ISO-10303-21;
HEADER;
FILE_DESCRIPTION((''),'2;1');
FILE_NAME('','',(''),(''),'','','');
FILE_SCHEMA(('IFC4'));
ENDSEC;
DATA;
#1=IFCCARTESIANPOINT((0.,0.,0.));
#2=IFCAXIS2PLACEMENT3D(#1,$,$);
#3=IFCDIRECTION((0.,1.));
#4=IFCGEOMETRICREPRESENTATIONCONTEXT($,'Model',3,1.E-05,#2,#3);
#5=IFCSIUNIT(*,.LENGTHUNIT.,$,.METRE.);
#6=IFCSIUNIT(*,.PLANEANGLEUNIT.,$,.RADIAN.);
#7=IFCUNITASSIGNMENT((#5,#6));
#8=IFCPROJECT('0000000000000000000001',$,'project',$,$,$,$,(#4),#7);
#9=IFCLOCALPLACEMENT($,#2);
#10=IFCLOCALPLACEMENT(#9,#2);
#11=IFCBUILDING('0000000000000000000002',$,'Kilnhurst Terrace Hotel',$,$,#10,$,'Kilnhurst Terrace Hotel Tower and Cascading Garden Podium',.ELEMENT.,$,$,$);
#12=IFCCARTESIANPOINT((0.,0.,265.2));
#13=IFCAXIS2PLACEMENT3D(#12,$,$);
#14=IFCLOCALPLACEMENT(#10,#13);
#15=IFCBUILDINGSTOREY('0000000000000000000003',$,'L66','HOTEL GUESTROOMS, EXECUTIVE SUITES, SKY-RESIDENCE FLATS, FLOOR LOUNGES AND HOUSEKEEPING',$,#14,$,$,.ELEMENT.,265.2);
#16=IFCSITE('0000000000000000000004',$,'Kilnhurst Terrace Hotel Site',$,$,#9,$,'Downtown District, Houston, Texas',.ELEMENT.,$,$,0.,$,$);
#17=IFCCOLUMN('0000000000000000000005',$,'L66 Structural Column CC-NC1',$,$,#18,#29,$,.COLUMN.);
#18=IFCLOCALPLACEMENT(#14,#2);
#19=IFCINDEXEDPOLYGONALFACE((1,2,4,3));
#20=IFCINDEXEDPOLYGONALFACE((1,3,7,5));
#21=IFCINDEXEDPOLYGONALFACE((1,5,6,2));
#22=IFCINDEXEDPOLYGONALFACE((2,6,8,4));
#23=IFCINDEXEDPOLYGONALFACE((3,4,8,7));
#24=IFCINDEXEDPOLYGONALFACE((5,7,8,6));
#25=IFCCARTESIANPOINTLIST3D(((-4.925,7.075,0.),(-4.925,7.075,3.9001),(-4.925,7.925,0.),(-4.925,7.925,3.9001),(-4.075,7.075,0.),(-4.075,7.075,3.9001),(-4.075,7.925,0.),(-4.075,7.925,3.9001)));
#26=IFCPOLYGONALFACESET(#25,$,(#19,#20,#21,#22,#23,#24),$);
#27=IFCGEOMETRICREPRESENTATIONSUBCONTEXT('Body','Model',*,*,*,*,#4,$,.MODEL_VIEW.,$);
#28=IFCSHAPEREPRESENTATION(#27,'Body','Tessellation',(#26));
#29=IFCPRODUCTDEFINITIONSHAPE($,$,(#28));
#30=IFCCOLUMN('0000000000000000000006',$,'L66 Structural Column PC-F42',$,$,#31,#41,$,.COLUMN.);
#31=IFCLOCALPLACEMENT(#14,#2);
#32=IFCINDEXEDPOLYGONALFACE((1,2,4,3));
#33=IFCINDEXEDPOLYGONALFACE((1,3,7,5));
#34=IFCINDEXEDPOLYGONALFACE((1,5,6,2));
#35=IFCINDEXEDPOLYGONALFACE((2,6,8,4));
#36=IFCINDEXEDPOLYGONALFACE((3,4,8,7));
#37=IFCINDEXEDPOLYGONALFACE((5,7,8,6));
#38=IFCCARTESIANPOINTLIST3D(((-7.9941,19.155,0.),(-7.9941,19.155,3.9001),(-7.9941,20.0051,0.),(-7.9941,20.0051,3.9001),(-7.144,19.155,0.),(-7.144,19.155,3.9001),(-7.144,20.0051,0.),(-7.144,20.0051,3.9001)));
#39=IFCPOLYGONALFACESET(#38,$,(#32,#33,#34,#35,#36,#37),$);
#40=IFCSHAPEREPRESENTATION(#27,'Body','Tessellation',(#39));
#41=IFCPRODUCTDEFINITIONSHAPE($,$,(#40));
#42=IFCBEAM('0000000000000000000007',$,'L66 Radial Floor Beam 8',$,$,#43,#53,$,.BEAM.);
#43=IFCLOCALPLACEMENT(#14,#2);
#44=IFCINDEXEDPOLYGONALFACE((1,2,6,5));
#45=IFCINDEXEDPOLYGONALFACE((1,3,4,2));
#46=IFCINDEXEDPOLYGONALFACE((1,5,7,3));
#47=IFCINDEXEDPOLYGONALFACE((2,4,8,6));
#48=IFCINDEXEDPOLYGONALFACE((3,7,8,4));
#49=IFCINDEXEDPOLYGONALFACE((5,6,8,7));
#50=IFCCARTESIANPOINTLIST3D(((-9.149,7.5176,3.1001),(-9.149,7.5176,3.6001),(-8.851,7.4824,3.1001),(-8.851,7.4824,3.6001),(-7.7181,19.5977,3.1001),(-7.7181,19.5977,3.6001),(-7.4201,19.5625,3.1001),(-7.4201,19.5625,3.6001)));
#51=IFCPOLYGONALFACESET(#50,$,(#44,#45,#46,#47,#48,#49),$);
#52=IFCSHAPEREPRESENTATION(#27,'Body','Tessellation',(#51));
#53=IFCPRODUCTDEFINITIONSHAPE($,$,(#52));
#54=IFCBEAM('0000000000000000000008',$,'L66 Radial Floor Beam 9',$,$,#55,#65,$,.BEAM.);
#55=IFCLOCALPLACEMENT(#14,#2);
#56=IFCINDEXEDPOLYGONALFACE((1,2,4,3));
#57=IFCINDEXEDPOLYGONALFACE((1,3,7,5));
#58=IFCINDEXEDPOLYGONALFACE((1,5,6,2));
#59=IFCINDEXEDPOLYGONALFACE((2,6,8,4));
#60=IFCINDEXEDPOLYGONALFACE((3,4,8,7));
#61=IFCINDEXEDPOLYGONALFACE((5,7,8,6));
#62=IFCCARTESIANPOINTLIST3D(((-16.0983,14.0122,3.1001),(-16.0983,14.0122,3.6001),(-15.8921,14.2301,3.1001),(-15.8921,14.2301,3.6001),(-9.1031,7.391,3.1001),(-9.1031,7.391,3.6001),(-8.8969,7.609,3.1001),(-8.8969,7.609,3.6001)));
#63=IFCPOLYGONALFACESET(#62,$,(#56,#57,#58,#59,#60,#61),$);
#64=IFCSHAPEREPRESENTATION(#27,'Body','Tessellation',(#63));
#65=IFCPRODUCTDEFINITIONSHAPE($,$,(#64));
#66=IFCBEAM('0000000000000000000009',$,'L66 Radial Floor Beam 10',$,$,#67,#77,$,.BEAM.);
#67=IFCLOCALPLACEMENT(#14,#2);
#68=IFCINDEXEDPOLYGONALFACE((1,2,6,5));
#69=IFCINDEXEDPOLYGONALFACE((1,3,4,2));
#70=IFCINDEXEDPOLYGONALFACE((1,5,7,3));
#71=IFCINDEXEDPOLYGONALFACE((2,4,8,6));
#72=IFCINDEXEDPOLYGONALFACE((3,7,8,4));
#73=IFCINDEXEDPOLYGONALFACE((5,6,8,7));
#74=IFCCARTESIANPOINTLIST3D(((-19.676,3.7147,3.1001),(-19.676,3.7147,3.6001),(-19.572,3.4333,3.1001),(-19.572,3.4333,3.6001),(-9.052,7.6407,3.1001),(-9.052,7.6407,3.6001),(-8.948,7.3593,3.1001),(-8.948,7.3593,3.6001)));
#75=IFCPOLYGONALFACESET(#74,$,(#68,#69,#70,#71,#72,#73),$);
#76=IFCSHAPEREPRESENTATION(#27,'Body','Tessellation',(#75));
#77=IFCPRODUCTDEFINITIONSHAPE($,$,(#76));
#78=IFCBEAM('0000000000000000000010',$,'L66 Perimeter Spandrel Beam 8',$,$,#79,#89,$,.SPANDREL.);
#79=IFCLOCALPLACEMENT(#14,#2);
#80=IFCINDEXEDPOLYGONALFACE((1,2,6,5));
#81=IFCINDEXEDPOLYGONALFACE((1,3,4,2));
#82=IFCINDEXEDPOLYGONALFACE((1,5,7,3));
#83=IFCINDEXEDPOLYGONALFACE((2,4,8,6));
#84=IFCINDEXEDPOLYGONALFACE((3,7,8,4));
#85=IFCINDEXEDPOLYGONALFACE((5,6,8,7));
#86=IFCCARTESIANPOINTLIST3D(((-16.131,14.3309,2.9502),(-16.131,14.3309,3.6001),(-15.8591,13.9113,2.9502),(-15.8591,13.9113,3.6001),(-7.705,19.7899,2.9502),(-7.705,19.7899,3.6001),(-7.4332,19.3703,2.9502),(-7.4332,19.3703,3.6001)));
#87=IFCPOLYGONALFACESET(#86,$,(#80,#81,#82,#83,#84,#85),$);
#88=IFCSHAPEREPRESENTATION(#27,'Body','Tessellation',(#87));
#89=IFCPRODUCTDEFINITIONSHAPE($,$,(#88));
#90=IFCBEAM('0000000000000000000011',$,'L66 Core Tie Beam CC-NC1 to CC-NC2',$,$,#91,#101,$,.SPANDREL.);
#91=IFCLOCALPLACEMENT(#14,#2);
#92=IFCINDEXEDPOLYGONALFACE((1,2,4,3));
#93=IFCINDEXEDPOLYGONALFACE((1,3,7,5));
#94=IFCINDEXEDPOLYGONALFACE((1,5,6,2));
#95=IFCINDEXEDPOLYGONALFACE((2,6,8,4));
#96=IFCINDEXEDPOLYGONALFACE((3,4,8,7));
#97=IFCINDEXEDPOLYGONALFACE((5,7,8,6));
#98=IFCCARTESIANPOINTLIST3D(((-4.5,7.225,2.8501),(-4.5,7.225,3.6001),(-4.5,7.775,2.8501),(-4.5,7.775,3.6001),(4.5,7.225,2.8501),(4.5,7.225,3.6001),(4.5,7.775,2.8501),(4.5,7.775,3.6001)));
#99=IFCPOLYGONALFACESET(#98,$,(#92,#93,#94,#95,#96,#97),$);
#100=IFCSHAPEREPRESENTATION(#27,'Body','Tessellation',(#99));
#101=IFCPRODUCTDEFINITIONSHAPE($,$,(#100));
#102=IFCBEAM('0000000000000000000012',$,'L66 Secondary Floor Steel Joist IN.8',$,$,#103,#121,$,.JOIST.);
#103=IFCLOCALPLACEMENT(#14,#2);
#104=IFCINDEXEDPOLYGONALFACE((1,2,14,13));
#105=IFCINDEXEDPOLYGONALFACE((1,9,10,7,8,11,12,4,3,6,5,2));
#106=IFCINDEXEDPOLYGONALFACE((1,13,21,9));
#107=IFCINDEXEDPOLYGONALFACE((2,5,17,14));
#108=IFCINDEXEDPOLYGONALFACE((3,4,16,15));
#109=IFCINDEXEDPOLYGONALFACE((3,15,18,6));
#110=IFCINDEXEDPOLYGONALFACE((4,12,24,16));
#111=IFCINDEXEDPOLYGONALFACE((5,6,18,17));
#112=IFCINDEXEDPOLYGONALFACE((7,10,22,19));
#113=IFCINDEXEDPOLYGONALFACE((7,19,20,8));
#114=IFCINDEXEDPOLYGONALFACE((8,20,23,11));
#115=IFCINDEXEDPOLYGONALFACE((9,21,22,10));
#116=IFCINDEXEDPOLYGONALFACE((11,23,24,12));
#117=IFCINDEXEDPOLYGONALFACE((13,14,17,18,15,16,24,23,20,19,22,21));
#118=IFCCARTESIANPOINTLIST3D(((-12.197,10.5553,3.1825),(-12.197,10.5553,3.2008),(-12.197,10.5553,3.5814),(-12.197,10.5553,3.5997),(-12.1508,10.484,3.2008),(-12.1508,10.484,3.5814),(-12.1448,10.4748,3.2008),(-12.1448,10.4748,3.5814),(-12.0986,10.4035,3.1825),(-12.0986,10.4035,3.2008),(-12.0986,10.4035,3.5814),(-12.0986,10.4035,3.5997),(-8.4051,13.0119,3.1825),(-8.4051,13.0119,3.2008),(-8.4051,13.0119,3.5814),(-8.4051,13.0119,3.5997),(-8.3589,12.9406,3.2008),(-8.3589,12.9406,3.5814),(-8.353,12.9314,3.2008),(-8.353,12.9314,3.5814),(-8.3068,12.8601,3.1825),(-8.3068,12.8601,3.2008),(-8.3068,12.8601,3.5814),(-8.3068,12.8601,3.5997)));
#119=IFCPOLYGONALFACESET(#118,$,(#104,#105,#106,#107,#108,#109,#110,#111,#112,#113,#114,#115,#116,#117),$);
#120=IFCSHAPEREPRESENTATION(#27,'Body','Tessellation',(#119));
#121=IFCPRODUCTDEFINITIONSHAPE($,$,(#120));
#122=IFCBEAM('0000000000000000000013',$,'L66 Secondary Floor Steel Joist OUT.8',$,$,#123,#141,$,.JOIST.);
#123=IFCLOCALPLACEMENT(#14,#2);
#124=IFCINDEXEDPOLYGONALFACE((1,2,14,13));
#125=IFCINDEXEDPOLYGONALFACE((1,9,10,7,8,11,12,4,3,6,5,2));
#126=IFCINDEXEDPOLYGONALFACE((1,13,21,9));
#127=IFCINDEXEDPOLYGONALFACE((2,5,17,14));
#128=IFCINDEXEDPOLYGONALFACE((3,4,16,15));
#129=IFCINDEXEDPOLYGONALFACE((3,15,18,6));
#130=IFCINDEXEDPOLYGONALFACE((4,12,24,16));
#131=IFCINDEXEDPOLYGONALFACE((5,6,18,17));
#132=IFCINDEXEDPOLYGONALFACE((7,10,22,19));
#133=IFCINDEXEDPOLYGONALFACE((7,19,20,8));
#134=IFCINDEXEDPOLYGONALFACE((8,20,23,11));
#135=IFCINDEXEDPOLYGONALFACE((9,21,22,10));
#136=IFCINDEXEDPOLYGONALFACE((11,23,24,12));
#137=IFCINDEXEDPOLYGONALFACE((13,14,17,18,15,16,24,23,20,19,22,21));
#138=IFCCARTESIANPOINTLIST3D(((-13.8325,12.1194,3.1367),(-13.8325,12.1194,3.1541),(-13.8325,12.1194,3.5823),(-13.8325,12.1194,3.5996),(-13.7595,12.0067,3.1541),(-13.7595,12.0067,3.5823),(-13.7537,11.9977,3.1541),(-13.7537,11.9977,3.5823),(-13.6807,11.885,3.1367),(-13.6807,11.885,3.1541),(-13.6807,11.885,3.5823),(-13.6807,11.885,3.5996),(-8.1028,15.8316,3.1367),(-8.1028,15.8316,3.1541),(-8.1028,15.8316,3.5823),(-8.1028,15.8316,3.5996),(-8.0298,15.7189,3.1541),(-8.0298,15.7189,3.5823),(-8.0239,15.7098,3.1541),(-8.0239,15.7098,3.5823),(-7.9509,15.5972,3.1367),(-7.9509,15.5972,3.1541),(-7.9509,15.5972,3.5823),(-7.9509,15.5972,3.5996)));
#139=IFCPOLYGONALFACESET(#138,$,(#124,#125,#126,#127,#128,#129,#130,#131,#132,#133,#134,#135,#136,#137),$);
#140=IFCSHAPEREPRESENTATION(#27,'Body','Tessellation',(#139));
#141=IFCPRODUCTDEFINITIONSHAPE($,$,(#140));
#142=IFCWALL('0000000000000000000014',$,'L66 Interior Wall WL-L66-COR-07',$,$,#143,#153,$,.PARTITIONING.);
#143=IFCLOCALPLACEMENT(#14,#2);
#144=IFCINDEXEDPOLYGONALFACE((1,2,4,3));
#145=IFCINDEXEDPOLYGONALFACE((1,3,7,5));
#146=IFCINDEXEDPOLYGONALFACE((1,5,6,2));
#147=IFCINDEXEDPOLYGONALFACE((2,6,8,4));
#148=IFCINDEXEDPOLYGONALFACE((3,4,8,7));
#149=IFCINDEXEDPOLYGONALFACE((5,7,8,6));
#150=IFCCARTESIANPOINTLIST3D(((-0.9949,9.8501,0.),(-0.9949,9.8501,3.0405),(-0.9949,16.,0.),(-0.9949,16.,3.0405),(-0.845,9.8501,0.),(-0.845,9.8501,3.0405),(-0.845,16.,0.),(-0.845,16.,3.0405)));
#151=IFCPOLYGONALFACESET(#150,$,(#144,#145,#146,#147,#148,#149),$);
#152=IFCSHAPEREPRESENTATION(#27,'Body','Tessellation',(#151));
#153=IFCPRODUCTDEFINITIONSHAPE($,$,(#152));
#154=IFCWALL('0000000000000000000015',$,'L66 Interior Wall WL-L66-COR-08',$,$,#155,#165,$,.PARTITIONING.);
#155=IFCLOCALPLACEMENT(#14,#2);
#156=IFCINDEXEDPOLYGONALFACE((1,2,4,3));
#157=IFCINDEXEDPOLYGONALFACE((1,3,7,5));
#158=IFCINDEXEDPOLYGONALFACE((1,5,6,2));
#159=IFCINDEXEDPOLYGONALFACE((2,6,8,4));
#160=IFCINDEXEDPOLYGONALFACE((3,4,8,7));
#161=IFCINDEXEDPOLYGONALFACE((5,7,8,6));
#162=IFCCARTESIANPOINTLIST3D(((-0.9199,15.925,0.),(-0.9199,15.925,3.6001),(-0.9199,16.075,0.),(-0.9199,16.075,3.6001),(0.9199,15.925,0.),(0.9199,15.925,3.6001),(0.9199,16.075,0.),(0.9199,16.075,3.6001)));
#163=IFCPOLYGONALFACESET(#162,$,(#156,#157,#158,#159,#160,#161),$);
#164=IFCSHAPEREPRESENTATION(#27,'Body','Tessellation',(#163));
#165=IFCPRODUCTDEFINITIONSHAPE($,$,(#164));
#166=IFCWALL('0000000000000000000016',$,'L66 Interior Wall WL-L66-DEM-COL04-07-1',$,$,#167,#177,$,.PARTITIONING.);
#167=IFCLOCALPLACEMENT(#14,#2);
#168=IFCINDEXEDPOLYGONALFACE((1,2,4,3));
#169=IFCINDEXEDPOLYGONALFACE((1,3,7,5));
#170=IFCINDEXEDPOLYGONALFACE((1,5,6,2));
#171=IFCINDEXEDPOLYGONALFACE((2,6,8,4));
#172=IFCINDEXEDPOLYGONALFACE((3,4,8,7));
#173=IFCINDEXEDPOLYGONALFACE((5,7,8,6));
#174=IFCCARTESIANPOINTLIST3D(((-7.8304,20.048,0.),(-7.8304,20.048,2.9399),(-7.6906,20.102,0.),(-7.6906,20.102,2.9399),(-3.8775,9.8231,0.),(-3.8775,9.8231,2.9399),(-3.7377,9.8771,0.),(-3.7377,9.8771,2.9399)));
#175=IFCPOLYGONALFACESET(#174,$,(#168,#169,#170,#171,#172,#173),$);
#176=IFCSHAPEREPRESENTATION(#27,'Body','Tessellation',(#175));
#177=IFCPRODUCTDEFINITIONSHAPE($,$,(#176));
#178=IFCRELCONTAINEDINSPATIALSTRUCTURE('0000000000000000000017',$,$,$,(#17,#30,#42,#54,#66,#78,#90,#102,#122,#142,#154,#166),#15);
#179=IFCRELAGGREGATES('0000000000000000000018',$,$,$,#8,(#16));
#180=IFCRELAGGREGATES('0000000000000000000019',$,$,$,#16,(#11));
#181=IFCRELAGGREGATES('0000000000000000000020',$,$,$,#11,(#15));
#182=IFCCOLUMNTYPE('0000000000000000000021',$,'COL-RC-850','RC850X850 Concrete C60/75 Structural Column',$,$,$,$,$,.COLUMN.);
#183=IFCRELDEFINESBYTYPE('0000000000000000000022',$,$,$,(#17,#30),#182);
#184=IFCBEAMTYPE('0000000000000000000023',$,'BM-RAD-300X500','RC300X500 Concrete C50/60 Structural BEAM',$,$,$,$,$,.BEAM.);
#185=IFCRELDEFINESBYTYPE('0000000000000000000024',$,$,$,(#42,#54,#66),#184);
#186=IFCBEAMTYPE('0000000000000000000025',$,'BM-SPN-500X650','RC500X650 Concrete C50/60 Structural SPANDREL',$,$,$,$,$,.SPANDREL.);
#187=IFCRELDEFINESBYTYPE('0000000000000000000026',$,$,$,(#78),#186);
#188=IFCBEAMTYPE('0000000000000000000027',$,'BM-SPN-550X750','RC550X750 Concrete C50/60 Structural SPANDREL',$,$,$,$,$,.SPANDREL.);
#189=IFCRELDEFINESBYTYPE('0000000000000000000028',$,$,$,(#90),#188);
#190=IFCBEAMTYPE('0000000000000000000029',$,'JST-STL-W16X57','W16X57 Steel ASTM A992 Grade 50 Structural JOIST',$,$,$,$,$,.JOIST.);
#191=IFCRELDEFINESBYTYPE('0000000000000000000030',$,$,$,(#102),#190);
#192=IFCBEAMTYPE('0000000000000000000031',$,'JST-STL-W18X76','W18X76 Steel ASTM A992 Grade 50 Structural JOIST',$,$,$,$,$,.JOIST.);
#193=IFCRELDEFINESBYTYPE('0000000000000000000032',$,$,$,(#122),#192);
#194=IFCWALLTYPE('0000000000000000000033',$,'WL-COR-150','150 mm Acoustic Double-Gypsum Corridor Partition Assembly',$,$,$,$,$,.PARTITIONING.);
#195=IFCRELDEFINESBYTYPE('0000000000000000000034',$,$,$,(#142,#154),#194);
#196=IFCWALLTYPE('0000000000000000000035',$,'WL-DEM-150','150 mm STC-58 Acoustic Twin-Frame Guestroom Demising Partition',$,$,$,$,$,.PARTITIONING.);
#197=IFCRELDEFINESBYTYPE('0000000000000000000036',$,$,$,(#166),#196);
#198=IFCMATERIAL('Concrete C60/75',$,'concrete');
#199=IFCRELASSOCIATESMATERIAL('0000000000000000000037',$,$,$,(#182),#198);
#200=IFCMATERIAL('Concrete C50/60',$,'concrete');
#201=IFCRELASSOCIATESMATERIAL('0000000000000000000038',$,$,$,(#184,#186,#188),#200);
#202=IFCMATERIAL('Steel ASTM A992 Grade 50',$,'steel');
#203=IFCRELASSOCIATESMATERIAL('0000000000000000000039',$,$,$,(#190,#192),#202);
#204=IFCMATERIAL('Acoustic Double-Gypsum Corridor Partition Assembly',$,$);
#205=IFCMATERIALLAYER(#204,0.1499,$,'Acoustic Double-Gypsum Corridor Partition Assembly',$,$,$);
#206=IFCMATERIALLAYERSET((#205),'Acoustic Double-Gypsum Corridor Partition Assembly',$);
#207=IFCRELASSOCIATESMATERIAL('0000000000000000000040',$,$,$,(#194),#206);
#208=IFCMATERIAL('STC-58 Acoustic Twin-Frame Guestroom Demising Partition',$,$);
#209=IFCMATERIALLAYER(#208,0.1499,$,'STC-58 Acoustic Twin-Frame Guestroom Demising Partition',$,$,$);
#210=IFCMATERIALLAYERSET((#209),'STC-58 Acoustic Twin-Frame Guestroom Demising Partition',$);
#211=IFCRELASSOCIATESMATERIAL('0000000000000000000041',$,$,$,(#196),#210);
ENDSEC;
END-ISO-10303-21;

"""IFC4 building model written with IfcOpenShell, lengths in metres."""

from ifc_helpers import new_model, si_unit, direction, frame, frame_2d, origin, origin_2d, place, context, subcontext, project, spatial, rectangle, i_section, extrude, material, layer, layer_set, material_profile, profile_set, type_object, element, save


model = new_model("IFC4")

# Units and contexts
model_context = context("Model", 3, precision=1e-05, world=origin(), true_north=direction((0.0, 1.0)))
body_context = subcontext(model_context, "Body", "Model", "MODEL_VIEW")
ifc_project = project(units=[si_unit("LENGTHUNIT", "METRE"), si_unit("PLANEANGLEUNIT", "RADIAN")], contexts=[model_context])

# Site, building, storey
site_placement = place(None, origin())
site = spatial("IfcSite", under=ifc_project, at=site_placement, Name="Kilnhurst Terrace Hotel Site", LongName="Downtown District, Houston, Texas", CompositionType="ELEMENT", RefElevation=0.0)
building_placement = place(site_placement, origin())
building = spatial("IfcBuilding", under=site, at=building_placement, Name="Kilnhurst Terrace Hotel", LongName="Kilnhurst Terrace Hotel Tower and Cascading Garden Podium", CompositionType="ELEMENT")
storey_placement = place(building_placement, frame((0.0, 0.0, 265.2)))
storey = spatial("IfcBuildingStorey", under=building, at=storey_placement, Name="L66", Description="HOTEL GUESTROOMS, EXECUTIVE SUITES, SKY-RESIDENCE FLATS, FLOOR LOUNGES AND HOUSEKEEPING", CompositionType="ELEMENT", Elevation=265.2)

# Columns
ifc_material_1 = material(Name="Concrete C60/75", Category="concrete")
ifc_material_profile_1 = material_profile(ifc_material_1, rectangle(XDim=0.8501, YDim=0.8501, at=origin_2d()), Name="RC850X850")
ifc_profile_set_1 = profile_set([ifc_material_profile_1], Name="Concrete C60/75")
column_type = type_object("IfcColumnType", Name="COL-RC-850", Description="RC850X850 Concrete C60/75 Structural Column", PredefinedType="COLUMN", material=ifc_profile_set_1)
for number, where, z_axis, x_axis, name in (
    (1, (-4.5, 7.5, 0.0), (0.0, 0.0, 1.0), (1.0, 0.0, 0.0), "L66 Structural Column CC-NC1"),
    (2, (-7.5691, 19.5801, 0.0), (0.0, 0.0, 1.0), (1.0, 0.0, 0.0), "L66 Structural Column PC-F42"),
):
    element("IfcColumn", number, at=place(storey_placement, frame(where, z_axis=z_axis, x_axis=x_axis)), inside=storey, type_object=column_type, Name=name, PredefinedType="COLUMN", context=body_context, shape_type="SweptSolid", body=[
        extrude(rectangle(XDim=0.8501, YDim=0.8501, at=origin_2d()), origin(), (0.0, 0.0, 1.0), 3.9001),
    ])

# Beams
ifc_material_2 = material(Name="Concrete C50/60", Category="concrete")
ifc_material_profile_2 = material_profile(ifc_material_2, rectangle(XDim=0.3, YDim=0.5, at=origin_2d()), Name="RC300X500")
ifc_profile_set_2 = profile_set([ifc_material_profile_2], Name="Concrete C50/60")
beam_type_1 = type_object("IfcBeamType", Name="BM-RAD-300X500", Description="RC300X500 Concrete C50/60 Structural BEAM", PredefinedType="BEAM", material=ifc_profile_set_2)
beam_1_placement = place(storey_placement, frame((-9.0, 7.5, 3.3501), z_axis=(0.11763, 0.993058, 0.0), x_axis=(-0.993058, 0.11763, 0.0)))
element("IfcBeam", 3, at=beam_1_placement, inside=storey, type_object=beam_type_1, Name="L66 Radial Floor Beam 8", PredefinedType="BEAM", context=body_context, shape_type="SweptSolid", body=[
    extrude(rectangle(XDim=0.3, YDim=0.5, at=origin_2d()), origin(), (0.0, 0.0, 1.0), 12.1646),
])
beam_2_placement = place(storey_placement, frame((-9.0, 7.5, 3.3501), z_axis=(-0.726256, 0.687424, 0.0), x_axis=(-0.687424, -0.726256, 0.0)))
element("IfcBeam", 4, at=beam_2_placement, inside=storey, type_object=beam_type_1, Name="L66 Radial Floor Beam 9", PredefinedType="BEAM", context=body_context, shape_type="SweptSolid", body=[
    extrude(rectangle(XDim=0.3, YDim=0.5, at=origin_2d()), origin(), (0.0, 0.0, 1.0), 9.6318),
])
beam_3_placement = place(storey_placement, frame((-9.0, 7.5, 3.3501), z_axis=(-0.938002, -0.346631, 0.0), x_axis=(0.346631, -0.938002, 0.0)))
element("IfcBeam", 5, at=beam_3_placement, inside=storey, type_object=beam_type_1, Name="L66 Radial Floor Beam 10", PredefinedType="BEAM", context=body_context, shape_type="SweptSolid", body=[
    extrude(rectangle(XDim=0.3, YDim=0.5, at=origin_2d()), origin(), (0.0, 0.0, 1.0), 11.3262),
])
ifc_material_profile_3 = material_profile(ifc_material_2, rectangle(XDim=0.5, YDim=0.6499, at=origin_2d()), Name="RC500X650")
ifc_profile_set_3 = profile_set([ifc_material_profile_3], Name="Concrete C50/60")
beam_type_2 = type_object("IfcBeamType", Name="BM-SPN-500X650", Description="RC500X650 Concrete C50/60 Structural SPANDREL", PredefinedType="SPANDREL", material=ifc_profile_set_3)
beam_4_placement = place(storey_placement, frame((-7.5691, 19.5801, 3.2751), z_axis=(-0.839259, -0.543732, 0.0), x_axis=(0.543732, -0.839259, 0.0)))
element("IfcBeam", 6, at=beam_4_placement, inside=storey, type_object=beam_type_2, Name="L66 Perimeter Spandrel Beam 8", PredefinedType="SPANDREL", context=body_context, shape_type="SweptSolid", body=[
    extrude(rectangle(XDim=0.5, YDim=0.6499, at=origin_2d()), origin(), (0.0, 0.0, 1.0), 10.0398),
])
ifc_material_profile_4 = material_profile(ifc_material_2, rectangle(XDim=0.55, YDim=0.75, at=origin_2d()), Name="RC550X750")
ifc_profile_set_4 = profile_set([ifc_material_profile_4], Name="Concrete C50/60")
beam_type_3 = type_object("IfcBeamType", Name="BM-SPN-550X750", Description="RC550X750 Concrete C50/60 Structural SPANDREL", PredefinedType="SPANDREL", material=ifc_profile_set_4)
beam_5_placement = place(storey_placement, frame((-4.5, 7.5, 3.2251), z_axis=(1.0, 0.0, 0.0), x_axis=(0.0, 1.0, 0.0)))
element("IfcBeam", 7, at=beam_5_placement, inside=storey, type_object=beam_type_3, Name="L66 Core Tie Beam CC-NC1 to CC-NC2", PredefinedType="SPANDREL", context=body_context, shape_type="SweptSolid", body=[
    extrude(rectangle(XDim=0.55, YDim=0.75, at=origin_2d()), origin(), (0.0, 0.0, 1.0), 9.0),
])
ifc_material_3 = material(Name="Steel ASTM A992 Grade 50", Category="steel")
ifc_material_profile_5 = material_profile(ifc_material_3, i_section(OverallWidth=0.1809, OverallDepth=0.4172, WebThickness=0.011, FlangeThickness=0.0183, at=origin_2d()), Name="W16X57")
ifc_profile_set_5 = profile_set([ifc_material_profile_5], Name="Steel ASTM A992 Grade 50")
beam_type_4 = type_object("IfcBeamType", Name="JST-STL-W16X57", Description="W16X57 Steel ASTM A992 Grade 50 Structural JOIST", PredefinedType="JOIST", material=ifc_profile_set_5)
beam_6_placement = place(storey_placement, frame((-8.356, 12.936, 3.3911), z_axis=(-0.839261, -0.543728, 0.0), x_axis=(0.543728, -0.839261, 0.0)))
element("IfcBeam", 8, at=beam_6_placement, inside=storey, type_object=beam_type_4, Name="L66 Secondary Floor Steel Joist IN.8", PredefinedType="JOIST", context=body_context, shape_type="SweptSolid", body=[
    extrude(i_section(OverallWidth=0.1809, OverallDepth=0.4172, WebThickness=0.011, FlangeThickness=0.0183, at=origin_2d()), origin(), (0.0, 0.0, 1.0), 4.5181),
])
ifc_material_profile_6 = material_profile(ifc_material_3, i_section(OverallWidth=0.2793, OverallDepth=0.4629, WebThickness=0.0107, FlangeThickness=0.0173, at=origin_2d()), Name="W18X76")
ifc_profile_set_6 = profile_set([ifc_material_profile_6], Name="Steel ASTM A992 Grade 50")
beam_type_5 = type_object("IfcBeamType", Name="JST-STL-W18X76", Description="W18X76 Steel ASTM A992 Grade 50 Structural JOIST", PredefinedType="JOIST", material=ifc_profile_set_6)
beam_7_placement = place(storey_placement, frame((-8.0269, 15.7144, 3.3682), z_axis=(-0.839257, -0.543735, 0.0), x_axis=(0.543735, -0.839257, 0.0)))
element("IfcBeam", 9, at=beam_7_placement, inside=storey, type_object=beam_type_5, Name="L66 Secondary Floor Steel Joist OUT.8", PredefinedType="JOIST", context=body_context, shape_type="SweptSolid", body=[
    extrude(i_section(OverallWidth=0.2793, OverallDepth=0.4629, WebThickness=0.0107, FlangeThickness=0.0173, at=origin_2d()), origin(), (0.0, 0.0, 1.0), 6.8271),
])

# Walls
ifc_material_4 = material(Name="Acoustic Double-Gypsum Corridor Partition Assembly")
ifc_layer_1 = layer(ifc_material_4, 0.1499, Name="Acoustic Double-Gypsum Corridor Partition Assembly")
ifc_layer_set_1 = layer_set([ifc_layer_1], Name="Acoustic Double-Gypsum Corridor Partition Assembly")
wall_type_1 = type_object("IfcWallType", Name="WL-COR-150", Description="150 mm Acoustic Double-Gypsum Corridor Partition Assembly", PredefinedType="PARTITIONING", material=ifc_layer_set_1)
wall_1_placement = place(storey_placement, frame((-0.9199, 9.8501, 0.0), z_axis=(0.0, 0.0, 1.0), x_axis=(0.0, 1.0, 0.0)))
element("IfcWall", 10, at=wall_1_placement, inside=storey, type_object=wall_type_1, Name="L66 Interior Wall WL-L66-COR-07", PredefinedType="PARTITIONING", context=body_context, shape_type="SweptSolid", body=[
    extrude(rectangle(XDim=6.1499, YDim=0.1499, at=frame_2d((3.075, 0.0))), origin(), (0.0, 0.0, 1.0), 3.0405),
])
wall_2_placement = place(storey_placement, frame((-0.9199, 16.0, 0.0), z_axis=(0.0, 0.0, 1.0), x_axis=(1.0, 0.0, 0.0)))
element("IfcWall", 11, at=wall_2_placement, inside=storey, type_object=wall_type_1, Name="L66 Interior Wall WL-L66-COR-08", PredefinedType="PARTITIONING", context=body_context, shape_type="SweptSolid", body=[
    extrude(rectangle(XDim=1.8398, YDim=0.1499, at=frame_2d((0.9199, 0.0))), origin(), (0.0, 0.0, 1.0), 3.6001),
])
ifc_material_5 = material(Name="STC-58 Acoustic Twin-Frame Guestroom Demising Partition")
ifc_layer_2 = layer(ifc_material_5, 0.1499, Name="STC-58 Acoustic Twin-Frame Guestroom Demising Partition")
ifc_layer_set_2 = layer_set([ifc_layer_2], Name="STC-58 Acoustic Twin-Frame Guestroom Demising Partition")
wall_type_2 = type_object("IfcWallType", Name="WL-DEM-150", Description="150 mm STC-58 Acoustic Twin-Frame Guestroom Demising Partition", PredefinedType="PARTITIONING", material=ifc_layer_set_2)
wall_3_placement = place(storey_placement, frame((-3.8076, 9.8501, 0.0), z_axis=(0.0, 0.0, 1.0), x_axis=(-0.360587, 0.932725, 0.0)))
element("IfcWall", 12, at=wall_3_placement, inside=storey, type_object=wall_type_2, Name="L66 Interior Wall WL-L66-DEM-COL04-07-1", PredefinedType="PARTITIONING", context=body_context, shape_type="SweptSolid", body=[
    extrude(rectangle(XDim=10.9624, YDim=0.1499, at=frame_2d((5.4812, 0.0))), origin(), (0.0, 0.0, 1.0), 2.9399),
])

save(model, "model.ifc")
